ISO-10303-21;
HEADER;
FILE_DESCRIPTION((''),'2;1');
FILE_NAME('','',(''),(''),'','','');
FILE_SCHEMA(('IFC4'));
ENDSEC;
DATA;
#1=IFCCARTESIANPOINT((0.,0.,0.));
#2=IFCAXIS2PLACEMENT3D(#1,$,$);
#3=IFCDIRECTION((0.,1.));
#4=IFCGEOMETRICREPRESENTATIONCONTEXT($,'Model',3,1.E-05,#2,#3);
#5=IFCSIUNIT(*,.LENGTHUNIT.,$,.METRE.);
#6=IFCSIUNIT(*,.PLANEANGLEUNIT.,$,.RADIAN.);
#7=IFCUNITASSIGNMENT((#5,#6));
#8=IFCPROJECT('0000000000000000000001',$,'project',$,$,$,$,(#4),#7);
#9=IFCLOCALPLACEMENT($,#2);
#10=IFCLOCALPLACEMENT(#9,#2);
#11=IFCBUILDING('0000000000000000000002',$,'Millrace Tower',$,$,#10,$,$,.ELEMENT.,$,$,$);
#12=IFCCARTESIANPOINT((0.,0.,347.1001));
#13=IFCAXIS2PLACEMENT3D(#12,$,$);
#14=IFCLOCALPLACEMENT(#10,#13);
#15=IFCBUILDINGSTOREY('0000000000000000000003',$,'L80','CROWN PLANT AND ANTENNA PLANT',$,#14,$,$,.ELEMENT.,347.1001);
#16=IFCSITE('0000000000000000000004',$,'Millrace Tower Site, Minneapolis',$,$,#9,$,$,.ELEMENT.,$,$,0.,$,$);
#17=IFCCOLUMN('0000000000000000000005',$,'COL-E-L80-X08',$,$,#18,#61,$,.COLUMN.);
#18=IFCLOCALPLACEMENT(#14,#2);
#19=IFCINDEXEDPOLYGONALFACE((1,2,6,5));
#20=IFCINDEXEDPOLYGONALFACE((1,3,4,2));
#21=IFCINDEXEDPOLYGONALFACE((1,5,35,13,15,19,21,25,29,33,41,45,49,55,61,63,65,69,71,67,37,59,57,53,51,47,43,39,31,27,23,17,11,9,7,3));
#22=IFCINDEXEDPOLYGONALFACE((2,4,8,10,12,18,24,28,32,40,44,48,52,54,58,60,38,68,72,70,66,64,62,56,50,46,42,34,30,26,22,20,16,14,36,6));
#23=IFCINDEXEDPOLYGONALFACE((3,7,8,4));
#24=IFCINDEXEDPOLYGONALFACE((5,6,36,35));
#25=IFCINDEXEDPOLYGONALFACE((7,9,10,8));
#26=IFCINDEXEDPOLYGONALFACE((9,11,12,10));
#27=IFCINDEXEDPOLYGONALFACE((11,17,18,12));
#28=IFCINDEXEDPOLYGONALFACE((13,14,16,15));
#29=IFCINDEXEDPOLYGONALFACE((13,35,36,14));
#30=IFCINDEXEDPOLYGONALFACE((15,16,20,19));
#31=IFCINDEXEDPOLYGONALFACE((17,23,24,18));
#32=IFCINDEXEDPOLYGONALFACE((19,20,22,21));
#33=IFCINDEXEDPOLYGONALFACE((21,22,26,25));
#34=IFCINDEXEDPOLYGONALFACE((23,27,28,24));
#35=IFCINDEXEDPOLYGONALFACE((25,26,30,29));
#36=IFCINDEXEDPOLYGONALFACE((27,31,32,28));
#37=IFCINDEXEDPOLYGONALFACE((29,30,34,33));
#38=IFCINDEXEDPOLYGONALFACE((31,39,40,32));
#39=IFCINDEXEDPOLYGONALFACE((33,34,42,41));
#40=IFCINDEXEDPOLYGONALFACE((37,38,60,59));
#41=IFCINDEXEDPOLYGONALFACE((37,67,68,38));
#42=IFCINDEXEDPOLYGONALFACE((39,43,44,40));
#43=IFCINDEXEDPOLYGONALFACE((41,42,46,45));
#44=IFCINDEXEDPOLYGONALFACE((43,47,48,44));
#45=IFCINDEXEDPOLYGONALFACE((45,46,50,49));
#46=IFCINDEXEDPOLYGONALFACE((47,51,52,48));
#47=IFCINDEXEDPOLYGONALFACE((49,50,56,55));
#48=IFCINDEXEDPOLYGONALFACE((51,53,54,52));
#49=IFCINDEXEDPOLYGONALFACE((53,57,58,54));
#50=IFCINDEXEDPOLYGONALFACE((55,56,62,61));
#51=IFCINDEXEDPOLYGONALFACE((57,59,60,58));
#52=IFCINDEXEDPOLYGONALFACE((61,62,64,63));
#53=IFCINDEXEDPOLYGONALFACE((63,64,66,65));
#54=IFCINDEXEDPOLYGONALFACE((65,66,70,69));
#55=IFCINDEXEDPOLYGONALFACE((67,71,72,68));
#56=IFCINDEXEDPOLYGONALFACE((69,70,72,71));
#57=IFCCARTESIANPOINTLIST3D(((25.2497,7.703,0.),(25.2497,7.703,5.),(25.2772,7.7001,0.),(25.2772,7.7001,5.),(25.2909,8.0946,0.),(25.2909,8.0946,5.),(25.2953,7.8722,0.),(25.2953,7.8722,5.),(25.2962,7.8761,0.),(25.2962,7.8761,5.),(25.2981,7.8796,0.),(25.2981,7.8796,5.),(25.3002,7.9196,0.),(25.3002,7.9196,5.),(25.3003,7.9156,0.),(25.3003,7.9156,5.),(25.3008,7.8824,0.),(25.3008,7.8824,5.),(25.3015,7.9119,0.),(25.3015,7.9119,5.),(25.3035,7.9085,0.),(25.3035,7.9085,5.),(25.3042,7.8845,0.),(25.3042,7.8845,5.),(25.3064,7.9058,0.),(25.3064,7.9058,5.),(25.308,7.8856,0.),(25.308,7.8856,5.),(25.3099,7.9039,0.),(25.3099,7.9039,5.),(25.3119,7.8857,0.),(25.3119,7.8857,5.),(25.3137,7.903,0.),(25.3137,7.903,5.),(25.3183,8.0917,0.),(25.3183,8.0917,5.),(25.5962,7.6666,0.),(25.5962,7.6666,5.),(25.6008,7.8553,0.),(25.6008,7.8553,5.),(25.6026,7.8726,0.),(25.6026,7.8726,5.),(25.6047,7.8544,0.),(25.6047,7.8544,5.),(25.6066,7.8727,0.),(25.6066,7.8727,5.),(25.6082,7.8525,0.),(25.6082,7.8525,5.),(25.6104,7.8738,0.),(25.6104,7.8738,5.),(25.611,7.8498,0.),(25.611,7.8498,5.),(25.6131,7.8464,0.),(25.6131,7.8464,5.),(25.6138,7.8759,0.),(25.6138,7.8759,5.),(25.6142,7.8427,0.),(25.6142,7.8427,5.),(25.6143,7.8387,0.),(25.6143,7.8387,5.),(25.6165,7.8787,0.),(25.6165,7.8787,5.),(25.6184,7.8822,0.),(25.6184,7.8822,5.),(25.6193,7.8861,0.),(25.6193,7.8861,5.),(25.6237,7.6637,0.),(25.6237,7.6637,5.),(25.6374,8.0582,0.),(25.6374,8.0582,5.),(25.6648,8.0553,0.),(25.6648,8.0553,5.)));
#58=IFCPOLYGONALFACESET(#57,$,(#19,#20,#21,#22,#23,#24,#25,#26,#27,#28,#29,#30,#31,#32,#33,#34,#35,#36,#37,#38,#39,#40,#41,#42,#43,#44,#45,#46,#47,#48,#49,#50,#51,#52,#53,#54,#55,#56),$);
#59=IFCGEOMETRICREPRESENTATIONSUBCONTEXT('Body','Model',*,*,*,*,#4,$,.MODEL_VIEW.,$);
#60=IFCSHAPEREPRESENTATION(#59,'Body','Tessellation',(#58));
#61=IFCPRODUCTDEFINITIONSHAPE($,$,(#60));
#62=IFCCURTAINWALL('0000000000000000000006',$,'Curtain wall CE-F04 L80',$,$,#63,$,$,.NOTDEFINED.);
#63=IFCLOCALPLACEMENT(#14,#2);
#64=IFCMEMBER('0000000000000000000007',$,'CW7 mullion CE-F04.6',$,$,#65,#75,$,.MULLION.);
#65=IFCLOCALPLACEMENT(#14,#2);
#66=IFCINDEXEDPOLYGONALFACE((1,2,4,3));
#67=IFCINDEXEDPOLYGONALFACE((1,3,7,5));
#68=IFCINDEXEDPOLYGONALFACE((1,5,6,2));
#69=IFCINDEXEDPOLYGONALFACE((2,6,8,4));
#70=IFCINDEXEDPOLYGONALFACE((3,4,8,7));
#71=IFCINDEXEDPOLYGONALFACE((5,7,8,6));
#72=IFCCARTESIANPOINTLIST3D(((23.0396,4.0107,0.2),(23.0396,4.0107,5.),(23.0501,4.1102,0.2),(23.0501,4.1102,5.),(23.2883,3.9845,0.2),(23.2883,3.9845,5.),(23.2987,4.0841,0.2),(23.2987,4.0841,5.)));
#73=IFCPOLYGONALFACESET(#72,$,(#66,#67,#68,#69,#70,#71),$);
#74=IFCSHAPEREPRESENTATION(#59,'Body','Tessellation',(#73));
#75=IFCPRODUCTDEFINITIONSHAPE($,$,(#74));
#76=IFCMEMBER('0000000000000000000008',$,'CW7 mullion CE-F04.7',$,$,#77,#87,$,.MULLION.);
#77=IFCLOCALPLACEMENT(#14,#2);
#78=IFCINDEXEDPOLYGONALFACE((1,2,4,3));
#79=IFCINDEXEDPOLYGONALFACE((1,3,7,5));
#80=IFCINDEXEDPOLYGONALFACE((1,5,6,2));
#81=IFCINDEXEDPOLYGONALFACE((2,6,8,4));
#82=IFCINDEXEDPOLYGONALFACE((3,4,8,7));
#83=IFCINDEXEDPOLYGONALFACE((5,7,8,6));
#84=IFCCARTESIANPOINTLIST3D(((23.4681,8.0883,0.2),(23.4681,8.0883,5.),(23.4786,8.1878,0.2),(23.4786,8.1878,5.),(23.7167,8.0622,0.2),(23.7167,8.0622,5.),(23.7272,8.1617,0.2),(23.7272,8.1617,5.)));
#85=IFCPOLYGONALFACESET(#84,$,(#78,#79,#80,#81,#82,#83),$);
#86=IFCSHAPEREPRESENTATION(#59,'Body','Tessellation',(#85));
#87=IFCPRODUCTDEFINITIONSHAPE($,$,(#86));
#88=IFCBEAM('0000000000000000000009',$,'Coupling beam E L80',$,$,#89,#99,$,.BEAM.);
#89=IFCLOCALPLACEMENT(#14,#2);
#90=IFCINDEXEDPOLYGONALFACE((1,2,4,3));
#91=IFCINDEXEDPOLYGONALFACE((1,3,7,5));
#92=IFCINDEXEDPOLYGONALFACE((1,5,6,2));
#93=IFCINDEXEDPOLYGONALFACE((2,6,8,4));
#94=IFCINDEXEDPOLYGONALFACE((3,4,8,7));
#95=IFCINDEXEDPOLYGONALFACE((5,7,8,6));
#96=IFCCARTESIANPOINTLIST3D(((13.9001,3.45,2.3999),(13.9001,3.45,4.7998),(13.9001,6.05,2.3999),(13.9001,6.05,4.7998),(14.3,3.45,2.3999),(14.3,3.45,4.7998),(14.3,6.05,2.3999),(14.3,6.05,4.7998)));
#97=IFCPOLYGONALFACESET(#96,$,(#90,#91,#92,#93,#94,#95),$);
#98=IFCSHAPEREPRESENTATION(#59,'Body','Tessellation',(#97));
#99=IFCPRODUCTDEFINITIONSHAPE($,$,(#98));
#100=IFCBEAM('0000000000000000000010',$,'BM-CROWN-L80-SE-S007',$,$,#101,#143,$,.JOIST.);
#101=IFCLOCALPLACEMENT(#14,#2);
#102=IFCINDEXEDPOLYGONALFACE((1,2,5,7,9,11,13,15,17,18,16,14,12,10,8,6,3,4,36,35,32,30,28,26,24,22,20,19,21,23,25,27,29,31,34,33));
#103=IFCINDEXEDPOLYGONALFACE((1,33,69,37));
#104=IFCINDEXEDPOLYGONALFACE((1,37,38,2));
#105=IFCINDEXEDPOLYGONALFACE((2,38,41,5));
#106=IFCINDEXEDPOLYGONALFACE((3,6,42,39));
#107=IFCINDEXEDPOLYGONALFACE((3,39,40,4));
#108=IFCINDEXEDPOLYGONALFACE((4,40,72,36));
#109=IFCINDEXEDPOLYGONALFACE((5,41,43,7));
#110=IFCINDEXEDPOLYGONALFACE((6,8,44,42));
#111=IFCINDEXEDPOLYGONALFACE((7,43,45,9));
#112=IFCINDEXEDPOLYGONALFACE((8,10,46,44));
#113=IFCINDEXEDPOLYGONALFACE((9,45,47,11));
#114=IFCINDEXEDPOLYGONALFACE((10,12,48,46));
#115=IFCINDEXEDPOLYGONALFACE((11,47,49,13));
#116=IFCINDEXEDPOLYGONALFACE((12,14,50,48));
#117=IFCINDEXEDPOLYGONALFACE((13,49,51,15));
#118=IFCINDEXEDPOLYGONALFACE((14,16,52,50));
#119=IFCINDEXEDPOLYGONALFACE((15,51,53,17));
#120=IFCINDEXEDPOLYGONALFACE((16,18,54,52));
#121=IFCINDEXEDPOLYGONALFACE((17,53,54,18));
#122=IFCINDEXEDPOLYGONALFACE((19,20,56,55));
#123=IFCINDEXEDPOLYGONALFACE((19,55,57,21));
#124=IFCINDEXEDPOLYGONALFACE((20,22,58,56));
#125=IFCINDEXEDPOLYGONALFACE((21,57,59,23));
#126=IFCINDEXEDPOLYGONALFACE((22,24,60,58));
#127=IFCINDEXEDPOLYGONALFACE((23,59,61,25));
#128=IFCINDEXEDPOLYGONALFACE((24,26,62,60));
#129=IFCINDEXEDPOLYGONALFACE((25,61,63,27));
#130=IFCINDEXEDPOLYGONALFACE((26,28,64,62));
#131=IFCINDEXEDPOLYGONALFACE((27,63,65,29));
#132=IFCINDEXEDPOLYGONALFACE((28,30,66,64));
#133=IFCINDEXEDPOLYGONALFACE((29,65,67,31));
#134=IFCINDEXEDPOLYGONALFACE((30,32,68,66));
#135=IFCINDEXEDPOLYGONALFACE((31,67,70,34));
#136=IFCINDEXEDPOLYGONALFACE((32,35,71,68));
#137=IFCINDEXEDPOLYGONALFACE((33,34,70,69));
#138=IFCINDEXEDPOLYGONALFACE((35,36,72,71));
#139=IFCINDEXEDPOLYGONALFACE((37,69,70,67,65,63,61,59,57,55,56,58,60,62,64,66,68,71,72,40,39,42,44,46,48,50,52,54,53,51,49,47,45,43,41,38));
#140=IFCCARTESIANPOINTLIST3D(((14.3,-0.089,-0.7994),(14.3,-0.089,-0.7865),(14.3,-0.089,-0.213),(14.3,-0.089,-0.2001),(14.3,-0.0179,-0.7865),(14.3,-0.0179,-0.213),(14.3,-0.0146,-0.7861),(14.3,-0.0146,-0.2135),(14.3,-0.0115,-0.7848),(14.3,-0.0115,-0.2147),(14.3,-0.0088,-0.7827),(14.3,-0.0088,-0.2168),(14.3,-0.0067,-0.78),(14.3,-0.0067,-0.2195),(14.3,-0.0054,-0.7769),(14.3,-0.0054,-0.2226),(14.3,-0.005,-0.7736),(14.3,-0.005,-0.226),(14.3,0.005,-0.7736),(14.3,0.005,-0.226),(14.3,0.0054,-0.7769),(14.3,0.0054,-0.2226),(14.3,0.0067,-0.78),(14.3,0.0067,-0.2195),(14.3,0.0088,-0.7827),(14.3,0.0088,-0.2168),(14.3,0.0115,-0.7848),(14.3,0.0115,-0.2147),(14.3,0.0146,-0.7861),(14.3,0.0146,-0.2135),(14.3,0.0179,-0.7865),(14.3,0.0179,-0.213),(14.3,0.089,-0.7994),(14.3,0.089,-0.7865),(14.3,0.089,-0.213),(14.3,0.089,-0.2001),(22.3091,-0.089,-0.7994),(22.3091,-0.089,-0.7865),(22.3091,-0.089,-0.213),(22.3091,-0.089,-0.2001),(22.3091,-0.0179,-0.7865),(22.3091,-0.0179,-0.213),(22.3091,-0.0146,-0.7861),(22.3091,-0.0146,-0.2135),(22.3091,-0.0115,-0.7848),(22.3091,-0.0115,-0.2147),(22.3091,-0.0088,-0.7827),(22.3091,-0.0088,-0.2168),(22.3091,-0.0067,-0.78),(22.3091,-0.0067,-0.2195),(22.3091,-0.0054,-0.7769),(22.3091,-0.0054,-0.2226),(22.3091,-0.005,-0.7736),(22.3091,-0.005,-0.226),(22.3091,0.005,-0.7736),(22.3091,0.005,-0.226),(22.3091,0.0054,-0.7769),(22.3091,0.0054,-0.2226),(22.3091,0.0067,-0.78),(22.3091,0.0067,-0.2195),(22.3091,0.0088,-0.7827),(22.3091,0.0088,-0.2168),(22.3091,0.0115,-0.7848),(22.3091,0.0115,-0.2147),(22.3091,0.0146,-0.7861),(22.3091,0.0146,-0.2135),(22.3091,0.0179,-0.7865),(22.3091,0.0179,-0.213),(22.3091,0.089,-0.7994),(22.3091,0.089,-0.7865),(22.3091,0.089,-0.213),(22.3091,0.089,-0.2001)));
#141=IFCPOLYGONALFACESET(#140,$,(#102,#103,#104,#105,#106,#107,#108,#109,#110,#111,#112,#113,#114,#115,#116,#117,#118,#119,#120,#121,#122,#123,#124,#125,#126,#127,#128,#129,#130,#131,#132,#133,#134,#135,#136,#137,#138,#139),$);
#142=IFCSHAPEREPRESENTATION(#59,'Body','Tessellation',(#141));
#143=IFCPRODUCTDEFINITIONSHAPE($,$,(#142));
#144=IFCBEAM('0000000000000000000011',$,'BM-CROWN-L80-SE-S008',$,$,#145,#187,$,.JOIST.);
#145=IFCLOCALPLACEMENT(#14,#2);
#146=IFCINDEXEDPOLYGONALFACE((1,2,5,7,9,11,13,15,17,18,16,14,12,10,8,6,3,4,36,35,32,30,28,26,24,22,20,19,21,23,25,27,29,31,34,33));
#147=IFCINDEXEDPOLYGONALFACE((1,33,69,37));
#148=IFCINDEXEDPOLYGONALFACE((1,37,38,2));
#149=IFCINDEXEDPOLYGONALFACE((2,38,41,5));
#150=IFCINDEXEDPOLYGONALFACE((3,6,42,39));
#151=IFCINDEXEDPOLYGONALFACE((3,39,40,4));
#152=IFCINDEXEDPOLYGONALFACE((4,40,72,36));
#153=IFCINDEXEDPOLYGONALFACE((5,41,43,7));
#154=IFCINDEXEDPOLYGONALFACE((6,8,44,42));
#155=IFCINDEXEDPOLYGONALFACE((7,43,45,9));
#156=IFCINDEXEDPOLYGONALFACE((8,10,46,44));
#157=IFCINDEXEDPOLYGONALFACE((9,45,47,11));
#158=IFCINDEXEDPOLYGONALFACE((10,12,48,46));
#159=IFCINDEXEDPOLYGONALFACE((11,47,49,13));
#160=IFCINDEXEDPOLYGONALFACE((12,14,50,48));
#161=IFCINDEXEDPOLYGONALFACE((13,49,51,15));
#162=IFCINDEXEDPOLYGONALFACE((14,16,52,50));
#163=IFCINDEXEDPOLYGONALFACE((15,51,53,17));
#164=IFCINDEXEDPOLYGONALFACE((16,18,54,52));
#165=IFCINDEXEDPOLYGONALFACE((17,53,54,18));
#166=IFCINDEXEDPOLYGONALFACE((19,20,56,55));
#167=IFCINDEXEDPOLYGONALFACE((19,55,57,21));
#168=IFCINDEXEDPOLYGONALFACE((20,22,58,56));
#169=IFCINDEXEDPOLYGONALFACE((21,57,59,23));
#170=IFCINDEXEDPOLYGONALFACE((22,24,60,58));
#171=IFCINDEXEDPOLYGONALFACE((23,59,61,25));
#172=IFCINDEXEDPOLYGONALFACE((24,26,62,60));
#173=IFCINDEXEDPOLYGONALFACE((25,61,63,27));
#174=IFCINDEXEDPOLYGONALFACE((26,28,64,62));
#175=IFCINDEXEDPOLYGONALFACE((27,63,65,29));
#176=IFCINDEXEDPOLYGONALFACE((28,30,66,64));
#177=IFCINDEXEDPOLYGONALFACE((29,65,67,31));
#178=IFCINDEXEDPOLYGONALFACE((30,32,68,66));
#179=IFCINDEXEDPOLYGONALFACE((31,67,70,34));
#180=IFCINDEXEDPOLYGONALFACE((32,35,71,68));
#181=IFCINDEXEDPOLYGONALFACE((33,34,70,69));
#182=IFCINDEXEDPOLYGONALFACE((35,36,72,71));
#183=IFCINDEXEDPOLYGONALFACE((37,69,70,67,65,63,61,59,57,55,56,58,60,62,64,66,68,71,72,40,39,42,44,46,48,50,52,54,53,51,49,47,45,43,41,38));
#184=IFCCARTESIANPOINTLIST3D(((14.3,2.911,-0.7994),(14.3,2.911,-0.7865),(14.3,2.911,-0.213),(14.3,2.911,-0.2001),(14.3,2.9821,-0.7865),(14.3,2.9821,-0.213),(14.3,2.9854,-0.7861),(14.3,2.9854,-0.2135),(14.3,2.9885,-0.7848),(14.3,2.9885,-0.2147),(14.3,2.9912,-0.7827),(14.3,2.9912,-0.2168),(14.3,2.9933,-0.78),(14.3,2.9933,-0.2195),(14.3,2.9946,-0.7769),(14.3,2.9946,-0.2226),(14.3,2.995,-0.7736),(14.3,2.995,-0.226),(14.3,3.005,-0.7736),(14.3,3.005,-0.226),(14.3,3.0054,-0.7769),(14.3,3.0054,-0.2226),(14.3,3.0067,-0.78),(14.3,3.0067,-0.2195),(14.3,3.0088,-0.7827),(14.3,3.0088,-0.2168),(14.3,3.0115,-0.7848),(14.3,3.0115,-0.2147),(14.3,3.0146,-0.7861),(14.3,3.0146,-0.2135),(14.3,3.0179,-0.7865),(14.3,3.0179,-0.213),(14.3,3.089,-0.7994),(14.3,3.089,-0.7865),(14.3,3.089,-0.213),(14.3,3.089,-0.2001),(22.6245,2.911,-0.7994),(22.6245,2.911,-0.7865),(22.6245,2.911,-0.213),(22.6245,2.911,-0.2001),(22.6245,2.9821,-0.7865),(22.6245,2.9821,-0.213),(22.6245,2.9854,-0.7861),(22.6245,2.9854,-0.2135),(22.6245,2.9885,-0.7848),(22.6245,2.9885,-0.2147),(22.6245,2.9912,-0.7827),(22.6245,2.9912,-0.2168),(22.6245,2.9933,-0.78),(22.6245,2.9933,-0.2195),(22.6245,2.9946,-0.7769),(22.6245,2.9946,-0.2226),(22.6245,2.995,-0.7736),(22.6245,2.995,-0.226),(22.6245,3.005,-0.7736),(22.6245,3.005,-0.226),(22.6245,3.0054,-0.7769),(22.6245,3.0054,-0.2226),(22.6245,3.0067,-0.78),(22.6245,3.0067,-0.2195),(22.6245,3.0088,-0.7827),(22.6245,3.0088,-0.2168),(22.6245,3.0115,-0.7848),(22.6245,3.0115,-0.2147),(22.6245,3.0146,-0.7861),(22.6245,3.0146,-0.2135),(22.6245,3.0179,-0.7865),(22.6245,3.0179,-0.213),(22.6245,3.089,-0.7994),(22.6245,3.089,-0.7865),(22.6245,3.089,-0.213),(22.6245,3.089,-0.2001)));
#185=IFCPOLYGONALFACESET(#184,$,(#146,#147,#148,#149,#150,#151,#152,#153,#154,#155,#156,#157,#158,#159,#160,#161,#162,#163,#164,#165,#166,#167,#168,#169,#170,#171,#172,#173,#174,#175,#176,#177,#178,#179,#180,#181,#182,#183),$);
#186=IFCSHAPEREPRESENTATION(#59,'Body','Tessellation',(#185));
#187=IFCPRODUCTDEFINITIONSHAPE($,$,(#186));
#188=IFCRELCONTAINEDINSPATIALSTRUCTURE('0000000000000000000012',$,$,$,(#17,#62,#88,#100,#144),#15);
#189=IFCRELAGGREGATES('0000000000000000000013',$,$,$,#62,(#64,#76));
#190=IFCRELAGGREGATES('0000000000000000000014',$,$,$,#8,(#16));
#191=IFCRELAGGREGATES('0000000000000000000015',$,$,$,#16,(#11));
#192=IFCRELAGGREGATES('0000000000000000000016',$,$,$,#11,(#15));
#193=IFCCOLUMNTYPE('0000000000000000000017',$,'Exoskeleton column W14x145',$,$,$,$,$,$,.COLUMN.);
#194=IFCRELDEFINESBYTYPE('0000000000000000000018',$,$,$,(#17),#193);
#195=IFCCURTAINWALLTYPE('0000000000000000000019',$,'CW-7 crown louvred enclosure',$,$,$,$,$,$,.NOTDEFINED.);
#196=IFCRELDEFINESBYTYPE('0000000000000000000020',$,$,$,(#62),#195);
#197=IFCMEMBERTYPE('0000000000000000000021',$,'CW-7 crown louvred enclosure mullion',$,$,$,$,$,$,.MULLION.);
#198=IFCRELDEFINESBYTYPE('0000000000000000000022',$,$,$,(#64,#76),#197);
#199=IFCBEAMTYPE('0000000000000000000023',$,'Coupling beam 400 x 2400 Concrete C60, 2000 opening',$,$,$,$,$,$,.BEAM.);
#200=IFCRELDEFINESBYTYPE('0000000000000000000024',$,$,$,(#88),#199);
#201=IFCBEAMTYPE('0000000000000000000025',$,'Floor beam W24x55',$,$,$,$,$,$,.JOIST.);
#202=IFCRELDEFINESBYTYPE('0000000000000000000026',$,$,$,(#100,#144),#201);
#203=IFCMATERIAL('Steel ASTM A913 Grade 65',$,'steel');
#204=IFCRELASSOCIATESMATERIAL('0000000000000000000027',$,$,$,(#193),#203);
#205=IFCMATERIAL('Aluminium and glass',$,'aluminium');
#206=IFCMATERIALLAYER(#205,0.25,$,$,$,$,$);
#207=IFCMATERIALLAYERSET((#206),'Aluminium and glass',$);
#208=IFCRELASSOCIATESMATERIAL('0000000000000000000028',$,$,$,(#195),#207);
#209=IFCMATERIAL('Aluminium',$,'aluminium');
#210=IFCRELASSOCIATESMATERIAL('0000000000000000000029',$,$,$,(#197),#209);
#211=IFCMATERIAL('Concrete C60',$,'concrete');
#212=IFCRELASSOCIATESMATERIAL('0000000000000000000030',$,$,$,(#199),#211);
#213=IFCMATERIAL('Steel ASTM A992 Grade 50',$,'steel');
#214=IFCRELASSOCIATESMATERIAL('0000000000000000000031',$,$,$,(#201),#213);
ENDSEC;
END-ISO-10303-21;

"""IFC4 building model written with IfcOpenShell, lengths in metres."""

from ifc_helpers import new_model, si_unit, direction, frame, origin, origin_2d, place, context, subcontext, project, spatial, rectangle, i_section, extrude, material, layer, layer_set, material_profile, profile_set, type_object, element, aggregate, save


model = new_model("IFC4")

# Units and contexts
model_context = context("Model", 3, precision=1e-05, world=origin(), true_north=direction((0.0, 1.0)))
body_context = subcontext(model_context, "Body", "Model", "MODEL_VIEW")
ifc_project = project(units=[si_unit("LENGTHUNIT", "METRE"), si_unit("PLANEANGLEUNIT", "RADIAN")], contexts=[model_context])

# Site, building, storey
site_placement = place(None, origin())
site = spatial("IfcSite", under=ifc_project, at=site_placement, Name="Millrace Tower Site, Minneapolis", CompositionType="ELEMENT", RefElevation=0.0)
building_placement = place(site_placement, origin())
building = spatial("IfcBuilding", under=site, at=building_placement, Name="Millrace Tower", CompositionType="ELEMENT")
storey_placement = place(building_placement, frame((0.0, 0.0, 347.1001)))
storey = spatial("IfcBuildingStorey", under=building, at=storey_placement, Name="L80", Description="CROWN PLANT AND ANTENNA PLANT", CompositionType="ELEMENT", Elevation=347.1001)

# Column
ifc_material_1 = material(Name="Steel ASTM A913 Grade 65", Category="steel")
ifc_material_profile_1 = material_profile(ifc_material_1, i_section(OverallWidth=0.3938, OverallDepth=0.376, WebThickness=0.0173, FlangeThickness=0.0276, FilletRadius=0.0151, at=origin_2d()))
ifc_profile_set_1 = profile_set([ifc_material_profile_1], Name="Steel ASTM A913 Grade 65")
column_type = type_object("IfcColumnType", Name="Exoskeleton column W14x145", PredefinedType="COLUMN", material=ifc_profile_set_1)
column_placement = place(storey_placement, frame((25.4573, 7.8792, 0.0), z_axis=(0.0, 0.0, 1.0), x_axis=(0.104528, 0.994522, 0.0)))
element("IfcColumn", 1, at=column_placement, inside=storey, type_object=column_type, Name="COL-E-L80-X08", PredefinedType="COLUMN", context=body_context, shape_type="SweptSolid", body=[
    extrude(i_section(OverallWidth=0.3938, OverallDepth=0.376, WebThickness=0.0173, FlangeThickness=0.0276, FilletRadius=0.0151, at=origin_2d()), origin(), (0.0, 0.0, 1.0), 5.0),
])

# Curtain wall, members
ifc_material_2 = material(Name="Aluminium and glass", Category="aluminium")
ifc_layer_1 = layer(ifc_material_2, 0.25)
ifc_layer_set_1 = layer_set([ifc_layer_1], Name="Aluminium and glass")
curtain_wall_type = type_object("IfcCurtainWallType", Name="CW-7 crown louvred enclosure", PredefinedType="NOTDEFINED", material=ifc_layer_set_1)
curtain_wall_placement = place(storey_placement, origin())
curtain_wall = element("IfcCurtainWall", 2, at=curtain_wall_placement, inside=storey, type_object=curtain_wall_type, Name="Curtain wall CE-F04 L80", PredefinedType="NOTDEFINED")
ifc_material_3 = material(Name="Aluminium", Category="aluminium")
ifc_material_profile_2 = material_profile(ifc_material_3, rectangle(XDim=0.1001, YDim=0.25, at=origin_2d()))
ifc_profile_set_2 = profile_set([ifc_material_profile_2], Name="Aluminium")
member_type = type_object("IfcMemberType", Name="CW-7 crown louvred enclosure mullion", PredefinedType="MULLION", material=ifc_profile_set_2)
member_1_placement = place(storey_placement, frame((23.1692, 4.0474, 0.2), z_axis=(0.0, 0.0, 1.0), x_axis=(0.104528, 0.994522, 0.0)))
member_1 = element("IfcMember", 3, at=member_1_placement, type_object=member_type, Name="CW7 mullion CE-F04.6", PredefinedType="MULLION", context=body_context, shape_type="SweptSolid", body=[
    extrude(rectangle(XDim=0.1001, YDim=0.25, at=origin_2d()), origin(), (0.0, 0.0, 1.0), 4.8),
])
member_2_placement = place(storey_placement, frame((23.5977, 8.125, 0.2), z_axis=(0.0, 0.0, 1.0), x_axis=(0.104528, 0.994522, 0.0)))
member_2 = element("IfcMember", 4, at=member_2_placement, type_object=member_type, Name="CW7 mullion CE-F04.7", PredefinedType="MULLION", context=body_context, shape_type="SweptSolid", body=[
    extrude(rectangle(XDim=0.1001, YDim=0.25, at=origin_2d()), origin(), (0.0, 0.0, 1.0), 4.8),
])
aggregate(curtain_wall, [member_1, member_2])

# Beams
ifc_material_4 = material(Name="Concrete C60", Category="concrete")
ifc_material_profile_3 = material_profile(ifc_material_4, rectangle(XDim=0.3999, YDim=2.3999, at=origin_2d()))
ifc_profile_set_3 = profile_set([ifc_material_profile_3], Name="Concrete C60")
beam_type_1 = type_object("IfcBeamType", Name="Coupling beam 400 x 2400 Concrete C60, 2000 opening", PredefinedType="BEAM", material=ifc_profile_set_3)
beam_1_placement = place(storey_placement, frame((14.1001, 6.05, 3.5999), z_axis=(0.0, -1.0, 0.0), x_axis=(1.0, 0.0, 0.0)))
element("IfcBeam", 5, at=beam_1_placement, inside=storey, type_object=beam_type_1, Name="Coupling beam E L80", PredefinedType="BEAM", context=body_context, shape_type="SweptSolid", body=[
    extrude(rectangle(XDim=0.3999, YDim=2.3999, at=origin_2d()), origin(), (0.0, 0.0, 1.0), 2.6001),
])
ifc_material_5 = material(Name="Steel ASTM A992 Grade 50", Category="steel")
ifc_material_profile_4 = material_profile(ifc_material_5, i_section(OverallWidth=0.178, OverallDepth=0.5994, WebThickness=0.01, FlangeThickness=0.0129, FilletRadius=0.0129, at=origin_2d()))
ifc_profile_set_4 = profile_set([ifc_material_profile_4], Name="Steel ASTM A992 Grade 50")
beam_type_2 = type_object("IfcBeamType", Name="Floor beam W24x55", PredefinedType="JOIST", material=ifc_profile_set_4)
beam_2_placement = place(storey_placement, frame((14.3, 0.0, -0.4998), z_axis=(1.0, 0.0, 0.0), x_axis=(0.0, 1.0, 0.0)))
element("IfcBeam", 6, at=beam_2_placement, inside=storey, type_object=beam_type_2, Name="BM-CROWN-L80-SE-S007", PredefinedType="JOIST", context=body_context, shape_type="SweptSolid", body=[
    extrude(i_section(OverallWidth=0.178, OverallDepth=0.5994, WebThickness=0.01, FlangeThickness=0.0129, FilletRadius=0.0129, at=origin_2d()), origin(), (0.0, 0.0, 1.0), 8.009),
])
beam_3_placement = place(storey_placement, frame((14.3, 3.0, -0.4998), z_axis=(1.0, 0.0, 0.0), x_axis=(0.0, 1.0, 0.0)))
element("IfcBeam", 7, at=beam_3_placement, inside=storey, type_object=beam_type_2, Name="BM-CROWN-L80-SE-S008", PredefinedType="JOIST", context=body_context, shape_type="SweptSolid", body=[
    extrude(i_section(OverallWidth=0.178, OverallDepth=0.5994, WebThickness=0.01, FlangeThickness=0.0129, FilletRadius=0.0129, at=origin_2d()), origin(), (0.0, 0.0, 1.0), 8.3245),
])

save(model, "model.ifc")
